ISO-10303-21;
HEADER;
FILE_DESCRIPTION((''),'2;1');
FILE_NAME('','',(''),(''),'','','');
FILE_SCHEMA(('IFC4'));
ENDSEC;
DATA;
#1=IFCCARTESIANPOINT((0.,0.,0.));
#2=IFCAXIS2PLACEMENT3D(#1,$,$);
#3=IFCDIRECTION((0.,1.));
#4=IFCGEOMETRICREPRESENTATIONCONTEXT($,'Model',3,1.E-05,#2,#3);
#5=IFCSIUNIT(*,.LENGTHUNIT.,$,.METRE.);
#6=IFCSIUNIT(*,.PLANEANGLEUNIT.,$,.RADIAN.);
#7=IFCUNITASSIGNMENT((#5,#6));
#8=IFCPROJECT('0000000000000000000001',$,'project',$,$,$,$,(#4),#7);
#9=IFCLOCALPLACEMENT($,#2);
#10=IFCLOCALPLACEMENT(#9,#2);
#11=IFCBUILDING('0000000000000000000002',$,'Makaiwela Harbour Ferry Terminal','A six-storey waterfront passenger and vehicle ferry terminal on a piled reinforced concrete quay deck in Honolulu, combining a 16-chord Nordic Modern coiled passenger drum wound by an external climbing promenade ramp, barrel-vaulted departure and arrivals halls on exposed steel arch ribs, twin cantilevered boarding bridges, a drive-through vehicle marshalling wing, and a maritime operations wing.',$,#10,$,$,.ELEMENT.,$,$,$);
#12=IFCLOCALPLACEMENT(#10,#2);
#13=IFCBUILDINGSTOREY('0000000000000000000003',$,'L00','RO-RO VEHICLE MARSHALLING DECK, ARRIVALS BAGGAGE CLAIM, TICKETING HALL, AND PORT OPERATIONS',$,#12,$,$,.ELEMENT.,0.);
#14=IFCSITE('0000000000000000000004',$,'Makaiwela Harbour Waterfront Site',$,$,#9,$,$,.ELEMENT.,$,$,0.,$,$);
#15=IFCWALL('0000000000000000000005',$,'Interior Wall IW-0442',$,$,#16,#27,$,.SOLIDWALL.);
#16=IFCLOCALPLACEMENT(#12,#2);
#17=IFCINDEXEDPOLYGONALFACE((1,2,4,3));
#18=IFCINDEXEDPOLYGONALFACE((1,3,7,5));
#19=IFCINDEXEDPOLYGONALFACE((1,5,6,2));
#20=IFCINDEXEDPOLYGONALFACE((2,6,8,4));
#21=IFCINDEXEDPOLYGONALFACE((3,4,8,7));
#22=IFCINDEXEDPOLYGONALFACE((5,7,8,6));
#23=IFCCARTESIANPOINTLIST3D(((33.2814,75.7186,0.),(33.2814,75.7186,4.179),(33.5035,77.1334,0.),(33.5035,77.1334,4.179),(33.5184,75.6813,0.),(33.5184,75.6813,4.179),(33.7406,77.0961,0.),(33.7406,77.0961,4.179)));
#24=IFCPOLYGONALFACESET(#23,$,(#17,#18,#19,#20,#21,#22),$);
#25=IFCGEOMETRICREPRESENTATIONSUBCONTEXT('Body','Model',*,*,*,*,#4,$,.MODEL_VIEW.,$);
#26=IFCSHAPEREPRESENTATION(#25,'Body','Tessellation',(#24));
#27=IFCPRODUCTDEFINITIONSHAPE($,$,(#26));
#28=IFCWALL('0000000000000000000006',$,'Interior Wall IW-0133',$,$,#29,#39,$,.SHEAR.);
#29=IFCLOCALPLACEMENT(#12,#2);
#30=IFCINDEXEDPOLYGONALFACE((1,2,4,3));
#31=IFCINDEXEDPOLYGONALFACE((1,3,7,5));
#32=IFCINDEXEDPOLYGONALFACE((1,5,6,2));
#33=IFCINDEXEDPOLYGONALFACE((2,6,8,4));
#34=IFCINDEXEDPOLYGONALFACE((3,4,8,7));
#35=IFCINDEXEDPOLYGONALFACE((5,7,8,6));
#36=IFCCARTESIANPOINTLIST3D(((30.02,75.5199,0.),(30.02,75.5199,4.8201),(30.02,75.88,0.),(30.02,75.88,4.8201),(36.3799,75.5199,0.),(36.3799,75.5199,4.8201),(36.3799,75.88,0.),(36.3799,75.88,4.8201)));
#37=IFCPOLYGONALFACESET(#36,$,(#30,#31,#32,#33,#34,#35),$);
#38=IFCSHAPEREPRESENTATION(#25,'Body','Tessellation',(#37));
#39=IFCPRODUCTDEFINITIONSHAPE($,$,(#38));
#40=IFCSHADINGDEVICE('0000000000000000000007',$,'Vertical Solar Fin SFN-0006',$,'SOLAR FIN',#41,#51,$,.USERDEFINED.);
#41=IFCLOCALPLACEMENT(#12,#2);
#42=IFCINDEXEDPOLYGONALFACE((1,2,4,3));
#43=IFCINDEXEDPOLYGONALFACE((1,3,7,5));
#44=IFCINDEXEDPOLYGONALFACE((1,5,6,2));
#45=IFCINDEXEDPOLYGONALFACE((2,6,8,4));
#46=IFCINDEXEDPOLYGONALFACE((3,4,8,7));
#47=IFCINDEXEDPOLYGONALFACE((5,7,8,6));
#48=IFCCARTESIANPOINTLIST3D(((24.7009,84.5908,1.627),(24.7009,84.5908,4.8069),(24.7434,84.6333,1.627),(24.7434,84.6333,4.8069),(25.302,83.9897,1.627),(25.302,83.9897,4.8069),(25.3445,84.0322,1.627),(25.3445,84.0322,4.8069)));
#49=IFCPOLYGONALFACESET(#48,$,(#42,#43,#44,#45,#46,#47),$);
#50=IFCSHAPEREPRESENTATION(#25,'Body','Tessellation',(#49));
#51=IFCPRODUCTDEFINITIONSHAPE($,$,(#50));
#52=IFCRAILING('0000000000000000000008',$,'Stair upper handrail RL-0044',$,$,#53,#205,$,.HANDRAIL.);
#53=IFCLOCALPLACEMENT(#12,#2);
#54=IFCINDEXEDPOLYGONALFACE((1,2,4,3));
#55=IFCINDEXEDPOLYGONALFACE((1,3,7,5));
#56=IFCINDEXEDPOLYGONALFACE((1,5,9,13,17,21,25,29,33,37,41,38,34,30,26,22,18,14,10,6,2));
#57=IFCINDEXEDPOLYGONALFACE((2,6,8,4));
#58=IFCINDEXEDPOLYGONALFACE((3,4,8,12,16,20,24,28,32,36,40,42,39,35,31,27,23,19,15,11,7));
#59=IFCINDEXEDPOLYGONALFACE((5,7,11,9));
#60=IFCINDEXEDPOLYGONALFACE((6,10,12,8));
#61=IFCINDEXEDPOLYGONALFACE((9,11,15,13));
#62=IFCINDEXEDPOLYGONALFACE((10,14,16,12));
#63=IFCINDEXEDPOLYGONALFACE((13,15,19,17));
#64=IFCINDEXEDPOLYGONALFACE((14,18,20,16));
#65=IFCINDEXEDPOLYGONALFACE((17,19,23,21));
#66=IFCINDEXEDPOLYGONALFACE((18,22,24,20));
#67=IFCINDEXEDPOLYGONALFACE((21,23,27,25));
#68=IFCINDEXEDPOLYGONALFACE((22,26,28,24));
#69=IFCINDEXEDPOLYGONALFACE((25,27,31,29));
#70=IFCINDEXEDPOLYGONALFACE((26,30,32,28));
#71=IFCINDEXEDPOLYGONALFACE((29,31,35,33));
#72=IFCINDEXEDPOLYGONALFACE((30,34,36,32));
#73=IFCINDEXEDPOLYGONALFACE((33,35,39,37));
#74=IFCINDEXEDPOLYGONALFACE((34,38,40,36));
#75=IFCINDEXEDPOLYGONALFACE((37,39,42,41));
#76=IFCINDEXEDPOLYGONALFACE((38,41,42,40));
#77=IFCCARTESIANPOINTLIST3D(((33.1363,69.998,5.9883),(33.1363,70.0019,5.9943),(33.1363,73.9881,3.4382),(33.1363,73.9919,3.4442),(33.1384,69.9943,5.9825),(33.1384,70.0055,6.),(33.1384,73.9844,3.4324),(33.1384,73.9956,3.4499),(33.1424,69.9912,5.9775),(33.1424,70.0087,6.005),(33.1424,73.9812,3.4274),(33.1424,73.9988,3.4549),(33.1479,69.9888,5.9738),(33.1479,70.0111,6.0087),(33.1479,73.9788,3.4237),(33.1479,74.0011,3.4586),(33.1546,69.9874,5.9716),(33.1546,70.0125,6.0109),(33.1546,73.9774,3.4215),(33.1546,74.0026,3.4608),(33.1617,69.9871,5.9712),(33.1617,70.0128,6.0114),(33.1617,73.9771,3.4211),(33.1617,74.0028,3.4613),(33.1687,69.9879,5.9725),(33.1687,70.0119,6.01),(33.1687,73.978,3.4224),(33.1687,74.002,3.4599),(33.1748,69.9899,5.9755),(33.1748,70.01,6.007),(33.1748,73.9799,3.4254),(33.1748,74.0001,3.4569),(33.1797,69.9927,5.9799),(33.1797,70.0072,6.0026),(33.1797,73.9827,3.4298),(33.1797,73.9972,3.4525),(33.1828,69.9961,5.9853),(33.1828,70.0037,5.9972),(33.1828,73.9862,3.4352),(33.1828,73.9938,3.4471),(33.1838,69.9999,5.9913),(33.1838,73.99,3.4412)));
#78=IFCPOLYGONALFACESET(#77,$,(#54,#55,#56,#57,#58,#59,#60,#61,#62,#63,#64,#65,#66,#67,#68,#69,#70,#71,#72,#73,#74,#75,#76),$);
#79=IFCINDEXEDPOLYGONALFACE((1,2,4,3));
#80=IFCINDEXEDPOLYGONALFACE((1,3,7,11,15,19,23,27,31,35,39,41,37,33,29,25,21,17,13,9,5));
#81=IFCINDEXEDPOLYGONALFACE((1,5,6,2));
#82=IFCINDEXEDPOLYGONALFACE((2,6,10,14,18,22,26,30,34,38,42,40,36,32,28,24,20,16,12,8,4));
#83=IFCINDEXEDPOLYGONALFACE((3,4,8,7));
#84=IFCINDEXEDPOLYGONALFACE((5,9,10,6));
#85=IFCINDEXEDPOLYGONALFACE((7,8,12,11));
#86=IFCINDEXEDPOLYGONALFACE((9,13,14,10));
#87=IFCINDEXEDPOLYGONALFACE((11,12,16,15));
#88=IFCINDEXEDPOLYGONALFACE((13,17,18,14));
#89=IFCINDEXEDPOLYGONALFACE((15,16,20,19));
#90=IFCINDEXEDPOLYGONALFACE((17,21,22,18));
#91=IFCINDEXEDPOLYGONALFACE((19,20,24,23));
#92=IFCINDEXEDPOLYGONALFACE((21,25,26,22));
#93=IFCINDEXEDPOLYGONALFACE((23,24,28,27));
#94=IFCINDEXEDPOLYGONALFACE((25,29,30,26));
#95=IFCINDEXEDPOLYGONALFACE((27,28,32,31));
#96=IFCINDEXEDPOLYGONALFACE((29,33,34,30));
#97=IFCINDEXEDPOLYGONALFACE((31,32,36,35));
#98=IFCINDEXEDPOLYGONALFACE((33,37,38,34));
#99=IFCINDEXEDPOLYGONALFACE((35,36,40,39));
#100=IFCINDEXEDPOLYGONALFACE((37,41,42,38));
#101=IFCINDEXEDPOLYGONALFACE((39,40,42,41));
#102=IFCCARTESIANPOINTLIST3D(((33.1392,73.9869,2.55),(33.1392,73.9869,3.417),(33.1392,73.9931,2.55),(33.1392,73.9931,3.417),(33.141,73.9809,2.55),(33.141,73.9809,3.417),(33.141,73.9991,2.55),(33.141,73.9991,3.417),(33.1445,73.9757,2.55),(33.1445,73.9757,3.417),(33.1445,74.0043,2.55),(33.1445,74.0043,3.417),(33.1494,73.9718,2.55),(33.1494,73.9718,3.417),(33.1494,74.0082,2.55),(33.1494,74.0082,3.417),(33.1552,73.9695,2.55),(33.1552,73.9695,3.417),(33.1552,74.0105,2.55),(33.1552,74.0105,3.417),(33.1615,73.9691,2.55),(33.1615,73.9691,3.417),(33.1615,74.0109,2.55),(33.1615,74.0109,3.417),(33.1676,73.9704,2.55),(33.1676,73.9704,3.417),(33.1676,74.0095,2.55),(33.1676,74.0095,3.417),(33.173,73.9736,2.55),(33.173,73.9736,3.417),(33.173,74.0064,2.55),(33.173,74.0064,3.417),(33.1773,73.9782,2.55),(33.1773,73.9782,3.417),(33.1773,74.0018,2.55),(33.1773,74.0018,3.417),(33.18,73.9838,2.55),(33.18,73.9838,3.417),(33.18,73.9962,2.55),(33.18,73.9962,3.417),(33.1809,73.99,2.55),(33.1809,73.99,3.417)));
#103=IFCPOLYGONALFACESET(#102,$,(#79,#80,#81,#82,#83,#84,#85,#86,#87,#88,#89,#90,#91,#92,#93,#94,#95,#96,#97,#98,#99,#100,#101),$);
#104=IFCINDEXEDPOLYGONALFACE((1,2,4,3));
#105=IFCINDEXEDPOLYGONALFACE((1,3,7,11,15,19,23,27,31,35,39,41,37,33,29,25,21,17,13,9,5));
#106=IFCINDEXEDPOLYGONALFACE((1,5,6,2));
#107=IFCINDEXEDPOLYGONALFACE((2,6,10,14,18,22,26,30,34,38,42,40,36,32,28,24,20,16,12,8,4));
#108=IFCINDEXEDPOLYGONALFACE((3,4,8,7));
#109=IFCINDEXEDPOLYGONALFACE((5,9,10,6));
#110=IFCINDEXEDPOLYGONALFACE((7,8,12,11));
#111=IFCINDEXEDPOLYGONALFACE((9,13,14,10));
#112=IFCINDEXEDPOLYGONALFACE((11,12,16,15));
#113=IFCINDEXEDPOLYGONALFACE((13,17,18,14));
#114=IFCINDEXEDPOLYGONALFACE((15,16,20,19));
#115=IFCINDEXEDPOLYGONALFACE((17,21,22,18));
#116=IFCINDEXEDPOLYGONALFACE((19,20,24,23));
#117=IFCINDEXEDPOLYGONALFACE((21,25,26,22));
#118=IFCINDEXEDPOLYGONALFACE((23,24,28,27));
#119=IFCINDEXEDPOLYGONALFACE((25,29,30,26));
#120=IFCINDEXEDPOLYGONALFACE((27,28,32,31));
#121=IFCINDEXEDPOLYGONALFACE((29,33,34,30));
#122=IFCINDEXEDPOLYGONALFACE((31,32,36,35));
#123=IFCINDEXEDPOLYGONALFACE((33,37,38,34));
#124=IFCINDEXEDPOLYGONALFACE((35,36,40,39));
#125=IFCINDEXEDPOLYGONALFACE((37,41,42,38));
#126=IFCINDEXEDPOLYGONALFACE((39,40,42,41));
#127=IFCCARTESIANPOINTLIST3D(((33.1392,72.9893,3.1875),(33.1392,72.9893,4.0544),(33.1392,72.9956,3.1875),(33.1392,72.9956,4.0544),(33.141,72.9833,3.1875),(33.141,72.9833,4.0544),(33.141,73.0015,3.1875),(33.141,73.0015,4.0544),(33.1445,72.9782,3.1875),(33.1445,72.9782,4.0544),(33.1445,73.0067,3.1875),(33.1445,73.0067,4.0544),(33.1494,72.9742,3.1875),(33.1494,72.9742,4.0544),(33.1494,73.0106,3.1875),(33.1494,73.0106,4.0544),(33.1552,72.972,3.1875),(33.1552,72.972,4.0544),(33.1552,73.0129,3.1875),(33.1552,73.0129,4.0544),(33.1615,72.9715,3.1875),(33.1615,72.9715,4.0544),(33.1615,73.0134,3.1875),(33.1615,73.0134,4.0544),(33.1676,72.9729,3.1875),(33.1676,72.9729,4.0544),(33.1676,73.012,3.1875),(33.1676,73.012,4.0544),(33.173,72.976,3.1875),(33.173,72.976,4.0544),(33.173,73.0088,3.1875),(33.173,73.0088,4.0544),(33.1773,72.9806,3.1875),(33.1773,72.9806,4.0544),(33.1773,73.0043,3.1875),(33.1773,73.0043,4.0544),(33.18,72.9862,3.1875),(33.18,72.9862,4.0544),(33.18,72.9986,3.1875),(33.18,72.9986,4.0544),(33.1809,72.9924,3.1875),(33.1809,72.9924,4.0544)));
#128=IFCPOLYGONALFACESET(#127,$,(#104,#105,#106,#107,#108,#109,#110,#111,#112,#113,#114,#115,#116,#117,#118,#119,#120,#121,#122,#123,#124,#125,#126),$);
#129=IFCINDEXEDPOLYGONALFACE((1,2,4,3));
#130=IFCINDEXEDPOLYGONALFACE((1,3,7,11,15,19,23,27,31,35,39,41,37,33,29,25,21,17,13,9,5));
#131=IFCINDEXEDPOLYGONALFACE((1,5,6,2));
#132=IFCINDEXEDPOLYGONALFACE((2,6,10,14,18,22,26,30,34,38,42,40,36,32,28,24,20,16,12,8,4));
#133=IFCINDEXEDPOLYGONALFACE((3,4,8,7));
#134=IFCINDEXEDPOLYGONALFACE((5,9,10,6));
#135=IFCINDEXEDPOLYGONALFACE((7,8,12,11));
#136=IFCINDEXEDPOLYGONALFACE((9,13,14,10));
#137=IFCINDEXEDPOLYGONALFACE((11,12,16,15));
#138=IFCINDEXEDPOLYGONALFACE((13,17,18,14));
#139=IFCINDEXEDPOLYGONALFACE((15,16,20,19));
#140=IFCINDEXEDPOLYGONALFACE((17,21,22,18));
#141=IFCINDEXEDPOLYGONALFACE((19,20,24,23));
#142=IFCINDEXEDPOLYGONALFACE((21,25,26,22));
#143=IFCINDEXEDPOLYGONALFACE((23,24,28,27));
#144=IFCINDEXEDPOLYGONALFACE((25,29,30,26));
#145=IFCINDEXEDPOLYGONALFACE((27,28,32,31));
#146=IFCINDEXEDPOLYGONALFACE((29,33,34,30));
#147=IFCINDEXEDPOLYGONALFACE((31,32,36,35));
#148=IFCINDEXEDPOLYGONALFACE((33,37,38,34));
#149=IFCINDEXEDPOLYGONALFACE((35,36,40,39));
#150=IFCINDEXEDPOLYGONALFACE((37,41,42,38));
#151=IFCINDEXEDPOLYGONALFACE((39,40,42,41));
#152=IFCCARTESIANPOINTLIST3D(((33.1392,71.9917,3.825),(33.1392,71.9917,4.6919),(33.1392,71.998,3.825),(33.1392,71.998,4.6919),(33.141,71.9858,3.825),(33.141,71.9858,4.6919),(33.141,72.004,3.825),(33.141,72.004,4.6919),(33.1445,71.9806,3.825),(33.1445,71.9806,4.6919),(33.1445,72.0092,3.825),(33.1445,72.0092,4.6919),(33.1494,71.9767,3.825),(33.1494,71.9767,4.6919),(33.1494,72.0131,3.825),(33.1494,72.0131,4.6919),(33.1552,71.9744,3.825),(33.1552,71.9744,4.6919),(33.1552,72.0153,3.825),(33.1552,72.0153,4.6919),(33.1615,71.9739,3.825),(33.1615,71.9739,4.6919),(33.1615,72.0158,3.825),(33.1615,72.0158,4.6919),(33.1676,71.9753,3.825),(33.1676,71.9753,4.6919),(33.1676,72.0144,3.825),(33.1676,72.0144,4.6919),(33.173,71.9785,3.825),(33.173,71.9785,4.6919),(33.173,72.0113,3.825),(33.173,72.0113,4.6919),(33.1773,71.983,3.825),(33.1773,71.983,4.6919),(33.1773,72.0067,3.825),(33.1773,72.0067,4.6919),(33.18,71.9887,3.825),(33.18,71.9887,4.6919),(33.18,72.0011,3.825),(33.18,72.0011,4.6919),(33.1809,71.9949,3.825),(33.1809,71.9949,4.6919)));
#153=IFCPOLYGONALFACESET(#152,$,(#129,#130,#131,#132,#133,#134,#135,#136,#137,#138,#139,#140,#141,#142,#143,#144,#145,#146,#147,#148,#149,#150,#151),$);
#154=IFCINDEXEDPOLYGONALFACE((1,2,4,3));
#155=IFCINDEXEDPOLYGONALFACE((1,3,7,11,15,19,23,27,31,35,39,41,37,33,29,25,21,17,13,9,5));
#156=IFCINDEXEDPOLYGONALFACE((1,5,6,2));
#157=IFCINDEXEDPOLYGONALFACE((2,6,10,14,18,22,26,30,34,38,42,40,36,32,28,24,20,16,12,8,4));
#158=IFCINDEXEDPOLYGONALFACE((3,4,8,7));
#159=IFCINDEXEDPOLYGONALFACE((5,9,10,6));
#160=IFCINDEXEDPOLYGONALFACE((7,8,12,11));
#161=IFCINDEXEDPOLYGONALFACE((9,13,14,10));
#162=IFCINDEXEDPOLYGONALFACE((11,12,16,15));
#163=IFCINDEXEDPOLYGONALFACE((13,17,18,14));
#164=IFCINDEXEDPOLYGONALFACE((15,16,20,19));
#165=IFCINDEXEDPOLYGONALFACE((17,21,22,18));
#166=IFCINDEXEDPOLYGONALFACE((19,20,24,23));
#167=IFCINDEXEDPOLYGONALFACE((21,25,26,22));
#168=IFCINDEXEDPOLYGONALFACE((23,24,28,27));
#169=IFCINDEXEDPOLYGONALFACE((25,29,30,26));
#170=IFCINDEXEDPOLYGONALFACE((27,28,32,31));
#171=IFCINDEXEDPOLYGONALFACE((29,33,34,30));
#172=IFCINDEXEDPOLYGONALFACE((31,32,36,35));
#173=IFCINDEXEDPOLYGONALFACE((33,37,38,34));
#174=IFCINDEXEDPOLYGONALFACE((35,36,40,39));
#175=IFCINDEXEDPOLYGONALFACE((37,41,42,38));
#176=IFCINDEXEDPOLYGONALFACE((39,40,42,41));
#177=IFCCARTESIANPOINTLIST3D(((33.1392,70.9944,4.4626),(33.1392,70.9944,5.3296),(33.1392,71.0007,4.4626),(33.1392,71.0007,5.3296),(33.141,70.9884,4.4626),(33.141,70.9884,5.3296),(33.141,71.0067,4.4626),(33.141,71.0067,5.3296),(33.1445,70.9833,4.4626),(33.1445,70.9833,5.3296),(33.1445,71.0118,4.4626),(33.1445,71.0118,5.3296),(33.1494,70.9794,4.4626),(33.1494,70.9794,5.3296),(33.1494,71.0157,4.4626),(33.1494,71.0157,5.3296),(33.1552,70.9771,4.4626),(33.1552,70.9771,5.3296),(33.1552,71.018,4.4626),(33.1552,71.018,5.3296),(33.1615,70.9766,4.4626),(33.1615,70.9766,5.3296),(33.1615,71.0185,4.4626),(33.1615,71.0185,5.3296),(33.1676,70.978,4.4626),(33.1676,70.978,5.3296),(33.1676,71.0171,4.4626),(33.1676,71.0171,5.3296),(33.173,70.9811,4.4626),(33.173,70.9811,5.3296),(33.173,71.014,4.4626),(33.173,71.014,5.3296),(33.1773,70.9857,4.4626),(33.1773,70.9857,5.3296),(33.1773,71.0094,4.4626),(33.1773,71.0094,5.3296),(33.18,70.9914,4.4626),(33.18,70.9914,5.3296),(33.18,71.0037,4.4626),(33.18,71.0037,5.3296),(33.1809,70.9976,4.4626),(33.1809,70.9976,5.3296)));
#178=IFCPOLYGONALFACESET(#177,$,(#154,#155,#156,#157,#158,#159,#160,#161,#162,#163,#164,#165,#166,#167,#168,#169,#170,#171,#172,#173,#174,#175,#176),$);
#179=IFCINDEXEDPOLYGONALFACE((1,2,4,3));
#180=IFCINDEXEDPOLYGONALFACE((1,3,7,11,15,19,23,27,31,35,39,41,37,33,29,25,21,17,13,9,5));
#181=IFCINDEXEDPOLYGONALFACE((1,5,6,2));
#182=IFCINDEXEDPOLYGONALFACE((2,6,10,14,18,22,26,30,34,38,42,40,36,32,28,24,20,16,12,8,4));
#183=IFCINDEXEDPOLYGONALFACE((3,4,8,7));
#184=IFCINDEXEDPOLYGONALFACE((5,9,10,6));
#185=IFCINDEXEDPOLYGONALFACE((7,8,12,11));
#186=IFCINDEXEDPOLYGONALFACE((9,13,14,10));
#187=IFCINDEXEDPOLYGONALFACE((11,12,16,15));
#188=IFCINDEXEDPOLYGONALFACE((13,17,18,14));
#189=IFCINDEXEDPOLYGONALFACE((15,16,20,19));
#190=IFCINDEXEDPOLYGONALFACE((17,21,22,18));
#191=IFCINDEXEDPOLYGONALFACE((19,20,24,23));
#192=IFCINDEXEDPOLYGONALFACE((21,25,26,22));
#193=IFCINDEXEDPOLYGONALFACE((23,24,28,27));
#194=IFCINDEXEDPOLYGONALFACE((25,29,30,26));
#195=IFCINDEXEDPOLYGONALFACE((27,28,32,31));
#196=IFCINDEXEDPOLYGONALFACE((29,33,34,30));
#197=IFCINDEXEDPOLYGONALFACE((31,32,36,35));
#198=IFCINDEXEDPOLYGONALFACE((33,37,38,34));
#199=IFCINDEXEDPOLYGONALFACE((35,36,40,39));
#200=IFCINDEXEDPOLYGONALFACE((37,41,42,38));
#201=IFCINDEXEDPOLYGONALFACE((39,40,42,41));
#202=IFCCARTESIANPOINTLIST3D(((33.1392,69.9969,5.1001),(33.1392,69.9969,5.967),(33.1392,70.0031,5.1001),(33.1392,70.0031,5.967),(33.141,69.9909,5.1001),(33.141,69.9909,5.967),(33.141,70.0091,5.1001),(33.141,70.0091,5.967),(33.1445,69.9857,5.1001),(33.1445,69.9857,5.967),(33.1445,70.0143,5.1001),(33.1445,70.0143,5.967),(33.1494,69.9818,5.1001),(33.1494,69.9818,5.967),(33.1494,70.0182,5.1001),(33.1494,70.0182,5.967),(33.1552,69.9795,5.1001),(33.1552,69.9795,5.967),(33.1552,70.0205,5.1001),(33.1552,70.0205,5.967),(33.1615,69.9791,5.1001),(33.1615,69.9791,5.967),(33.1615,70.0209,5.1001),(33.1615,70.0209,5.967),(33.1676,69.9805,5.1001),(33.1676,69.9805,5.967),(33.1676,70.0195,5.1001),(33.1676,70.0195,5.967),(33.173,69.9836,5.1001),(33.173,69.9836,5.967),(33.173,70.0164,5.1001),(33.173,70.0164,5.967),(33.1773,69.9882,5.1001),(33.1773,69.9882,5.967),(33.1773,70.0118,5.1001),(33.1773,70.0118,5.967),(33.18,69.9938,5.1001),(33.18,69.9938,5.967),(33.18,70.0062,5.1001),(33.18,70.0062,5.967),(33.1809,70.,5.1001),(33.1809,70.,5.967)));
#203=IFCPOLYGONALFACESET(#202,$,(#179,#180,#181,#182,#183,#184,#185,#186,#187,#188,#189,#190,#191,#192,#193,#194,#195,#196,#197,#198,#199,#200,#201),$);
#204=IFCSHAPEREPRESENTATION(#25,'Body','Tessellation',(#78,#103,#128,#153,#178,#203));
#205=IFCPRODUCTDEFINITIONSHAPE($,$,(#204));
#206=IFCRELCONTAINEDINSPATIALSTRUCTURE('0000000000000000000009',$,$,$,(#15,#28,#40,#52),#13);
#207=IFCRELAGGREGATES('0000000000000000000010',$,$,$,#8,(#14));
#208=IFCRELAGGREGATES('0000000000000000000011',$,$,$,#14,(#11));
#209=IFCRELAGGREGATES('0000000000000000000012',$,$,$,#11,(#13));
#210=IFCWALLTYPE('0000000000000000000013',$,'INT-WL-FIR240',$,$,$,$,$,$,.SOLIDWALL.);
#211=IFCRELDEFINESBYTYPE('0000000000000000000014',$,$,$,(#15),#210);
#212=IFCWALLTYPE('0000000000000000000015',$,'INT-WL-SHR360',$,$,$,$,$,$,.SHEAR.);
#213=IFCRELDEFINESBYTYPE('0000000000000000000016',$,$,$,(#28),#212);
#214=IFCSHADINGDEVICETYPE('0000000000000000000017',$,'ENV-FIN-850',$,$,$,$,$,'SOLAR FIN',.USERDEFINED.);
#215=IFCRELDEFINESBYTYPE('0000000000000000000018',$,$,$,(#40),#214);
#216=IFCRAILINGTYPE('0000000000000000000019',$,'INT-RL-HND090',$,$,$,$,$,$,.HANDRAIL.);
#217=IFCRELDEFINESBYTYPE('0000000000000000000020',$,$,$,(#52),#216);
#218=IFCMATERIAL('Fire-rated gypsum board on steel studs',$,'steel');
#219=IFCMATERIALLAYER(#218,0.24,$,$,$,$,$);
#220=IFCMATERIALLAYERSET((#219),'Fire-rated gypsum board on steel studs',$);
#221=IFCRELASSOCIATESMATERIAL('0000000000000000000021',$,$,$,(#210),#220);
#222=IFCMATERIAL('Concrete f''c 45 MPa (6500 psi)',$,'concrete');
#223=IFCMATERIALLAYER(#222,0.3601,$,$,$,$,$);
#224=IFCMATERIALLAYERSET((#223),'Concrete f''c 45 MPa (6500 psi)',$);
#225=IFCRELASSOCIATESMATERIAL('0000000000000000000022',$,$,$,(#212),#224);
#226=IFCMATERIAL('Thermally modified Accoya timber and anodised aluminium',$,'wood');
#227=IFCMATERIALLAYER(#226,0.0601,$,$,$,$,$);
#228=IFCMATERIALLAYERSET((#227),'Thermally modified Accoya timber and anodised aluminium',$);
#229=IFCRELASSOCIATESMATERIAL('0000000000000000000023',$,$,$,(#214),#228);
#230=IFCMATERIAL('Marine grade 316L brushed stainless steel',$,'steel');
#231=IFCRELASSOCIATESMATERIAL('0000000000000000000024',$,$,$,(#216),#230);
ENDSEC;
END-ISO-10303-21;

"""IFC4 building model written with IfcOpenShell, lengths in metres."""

from ifc_helpers import new_model, si_unit, direction, frame, frame_2d, origin, origin_2d, place, context, subcontext, project, spatial, rectangle, circle, extrude, material, layer, layer_set, type_object, element, save


model = new_model("IFC4")

# Units and contexts
model_context = context("Model", 3, precision=1e-05, world=origin(), true_north=direction((0.0, 1.0)))
body_context = subcontext(model_context, "Body", "Model", "MODEL_VIEW")
ifc_project = project(units=[si_unit("LENGTHUNIT", "METRE"), si_unit("PLANEANGLEUNIT", "RADIAN")], contexts=[model_context])

# Site, building, storey
site_placement = place(None, origin())
site = spatial("IfcSite", under=ifc_project, at=site_placement, Name="Makaiwela Harbour Waterfront Site", CompositionType="ELEMENT", RefElevation=0.0)
building_placement = place(site_placement, origin())
building = spatial("IfcBuilding", under=site, at=building_placement, Name="Makaiwela Harbour Ferry Terminal", Description="A six-storey waterfront passenger and vehicle ferry terminal on a piled reinforced concrete quay deck in Honolulu, combining a 16-chord Nordic Modern coiled passenger drum wound by an external climbing promenade ramp, barrel-vaulted departure and arrivals halls on exposed steel arch ribs, twin cantilevered boarding bridges, a drive-through vehicle marshalling wing, and a maritime operations wing.", CompositionType="ELEMENT")
storey_placement = place(building_placement, origin())
storey = spatial("IfcBuildingStorey", under=building, at=storey_placement, Name="L00", Description="RO-RO VEHICLE MARSHALLING DECK, ARRIVALS BAGGAGE CLAIM, TICKETING HALL, AND PORT OPERATIONS", CompositionType="ELEMENT", Elevation=0.0)

# Shared definitions
ifc_material_1 = material(Name="Concrete f'c 45 MPa (6500 psi)", Category="concrete")

# Walls
ifc_material_2 = material(Name="Fire-rated gypsum board on steel studs", Category="steel")
ifc_layer_1 = layer(ifc_material_2, 0.24)
ifc_layer_set_1 = layer_set([ifc_layer_1], Name="Fire-rated gypsum board on steel studs")
wall_type_1 = type_object("IfcWallType", Name="INT-WL-FIR240", PredefinedType="SOLIDWALL", material=ifc_layer_set_1)
wall_1_placement = place(storey_placement, frame((33.6221, 77.1147, 0.0), z_axis=(0.0, 0.0, 1.0), x_axis=(-0.155131, -0.987894, 0.0)))
element("IfcWall", 1, at=wall_1_placement, inside=storey, type_object=wall_type_1, Name="Interior Wall IW-0442", PredefinedType="SOLIDWALL", context=body_context, shape_type="SweptSolid", body=[
    extrude(rectangle(XDim=1.4321, YDim=0.24, at=frame_2d((0.7161, 0.0))), origin(), (0.0, 0.0, 1.0), 4.179),
])
ifc_layer_2 = layer(ifc_material_1, 0.3601)
ifc_layer_set_2 = layer_set([ifc_layer_2], Name="Concrete f'c 45 MPa (6500 psi)")
wall_type_2 = type_object("IfcWallType", Name="INT-WL-SHR360", PredefinedType="SHEAR", material=ifc_layer_set_2)
wall_2_placement = place(storey_placement, frame((30.02, 75.7, 0.0), z_axis=(0.0, 0.0, 1.0), x_axis=(1.0, 0.0, 0.0)))
element("IfcWall", 2, at=wall_2_placement, inside=storey, type_object=wall_type_2, Name="Interior Wall IW-0133", PredefinedType="SHEAR", context=body_context, shape_type="SweptSolid", body=[
    extrude(rectangle(XDim=6.3599, YDim=0.3601, at=frame_2d((3.1799, 0.0))), origin(), (0.0, 0.0, 1.0), 4.8201),
])

# Shading device
ifc_material_3 = material(Name="Thermally modified Accoya timber and anodised aluminium", Category="wood")
ifc_layer_3 = layer(ifc_material_3, 0.0601)
ifc_layer_set_3 = layer_set([ifc_layer_3], Name="Thermally modified Accoya timber and anodised aluminium")
shading_device_type = type_object("IfcShadingDeviceType", Name="ENV-FIN-850", ElementType="SOLAR FIN", PredefinedType="USERDEFINED", material=ifc_layer_set_3)
shading_device_placement = place(storey_placement, frame((25.0227, 84.3115, 1.627), z_axis=(0.0, 0.0, 1.0), x_axis=(-0.707107, 0.707107, 0.0)))
element("IfcShadingDevice", 3, at=shading_device_placement, inside=storey, type_object=shading_device_type, Name="Vertical Solar Fin SFN-0006", ObjectType="SOLAR FIN", PredefinedType="USERDEFINED", context=body_context, shape_type="SweptSolid", body=[
    extrude(rectangle(XDim=0.8501, YDim=0.0601, at=origin_2d()), origin(), (0.0, 0.0, 1.0), 3.1799),
])

# Railing
ifc_material_4 = material(Name="Marine grade 316L brushed stainless steel", Category="steel")
railing_type = type_object("IfcRailingType", Name="INT-RL-HND090", PredefinedType="HANDRAIL", material=ifc_material_4)
railing_placement = place(storey_placement, frame((33.1599, 73.99, 2.55)))
element("IfcRailing", 4, at=railing_placement, inside=storey, type_object=railing_type, Name="Stair upper handrail RL-0044", PredefinedType="HANDRAIL", context=body_context, shape_type="SweptSolid", body=[
    extrude(circle(Radius=0.0239, at=origin_2d()), frame((0.0, 0.0, 0.8911), z_axis=(0.0, -0.842611, 0.538523), x_axis=(1.0, 0.0, 0.0)), (0.0, 0.0, 1.0), 4.7354),
    extrude(circle(Radius=0.021, at=origin_2d()), origin(), (0.0, 0.0, 1.0), 0.8669),
    extrude(circle(Radius=0.021, at=origin_2d()), frame((0.0, -0.9976, 0.6375)), (0.0, 0.0, 1.0), 0.8669),
    extrude(circle(Radius=0.021, at=origin_2d()), frame((0.0, -1.9951, 1.2749)), (0.0, 0.0, 1.0), 0.8669),
    extrude(circle(Radius=0.021, at=origin_2d()), frame((0.0, -2.9924, 1.9126)), (0.0, 0.0, 1.0), 0.8669),
    extrude(circle(Radius=0.021, at=origin_2d()), frame((0.0, -3.99, 2.55)), (0.0, 0.0, 1.0), 0.8669),
])

save(model, "model.ifc")
